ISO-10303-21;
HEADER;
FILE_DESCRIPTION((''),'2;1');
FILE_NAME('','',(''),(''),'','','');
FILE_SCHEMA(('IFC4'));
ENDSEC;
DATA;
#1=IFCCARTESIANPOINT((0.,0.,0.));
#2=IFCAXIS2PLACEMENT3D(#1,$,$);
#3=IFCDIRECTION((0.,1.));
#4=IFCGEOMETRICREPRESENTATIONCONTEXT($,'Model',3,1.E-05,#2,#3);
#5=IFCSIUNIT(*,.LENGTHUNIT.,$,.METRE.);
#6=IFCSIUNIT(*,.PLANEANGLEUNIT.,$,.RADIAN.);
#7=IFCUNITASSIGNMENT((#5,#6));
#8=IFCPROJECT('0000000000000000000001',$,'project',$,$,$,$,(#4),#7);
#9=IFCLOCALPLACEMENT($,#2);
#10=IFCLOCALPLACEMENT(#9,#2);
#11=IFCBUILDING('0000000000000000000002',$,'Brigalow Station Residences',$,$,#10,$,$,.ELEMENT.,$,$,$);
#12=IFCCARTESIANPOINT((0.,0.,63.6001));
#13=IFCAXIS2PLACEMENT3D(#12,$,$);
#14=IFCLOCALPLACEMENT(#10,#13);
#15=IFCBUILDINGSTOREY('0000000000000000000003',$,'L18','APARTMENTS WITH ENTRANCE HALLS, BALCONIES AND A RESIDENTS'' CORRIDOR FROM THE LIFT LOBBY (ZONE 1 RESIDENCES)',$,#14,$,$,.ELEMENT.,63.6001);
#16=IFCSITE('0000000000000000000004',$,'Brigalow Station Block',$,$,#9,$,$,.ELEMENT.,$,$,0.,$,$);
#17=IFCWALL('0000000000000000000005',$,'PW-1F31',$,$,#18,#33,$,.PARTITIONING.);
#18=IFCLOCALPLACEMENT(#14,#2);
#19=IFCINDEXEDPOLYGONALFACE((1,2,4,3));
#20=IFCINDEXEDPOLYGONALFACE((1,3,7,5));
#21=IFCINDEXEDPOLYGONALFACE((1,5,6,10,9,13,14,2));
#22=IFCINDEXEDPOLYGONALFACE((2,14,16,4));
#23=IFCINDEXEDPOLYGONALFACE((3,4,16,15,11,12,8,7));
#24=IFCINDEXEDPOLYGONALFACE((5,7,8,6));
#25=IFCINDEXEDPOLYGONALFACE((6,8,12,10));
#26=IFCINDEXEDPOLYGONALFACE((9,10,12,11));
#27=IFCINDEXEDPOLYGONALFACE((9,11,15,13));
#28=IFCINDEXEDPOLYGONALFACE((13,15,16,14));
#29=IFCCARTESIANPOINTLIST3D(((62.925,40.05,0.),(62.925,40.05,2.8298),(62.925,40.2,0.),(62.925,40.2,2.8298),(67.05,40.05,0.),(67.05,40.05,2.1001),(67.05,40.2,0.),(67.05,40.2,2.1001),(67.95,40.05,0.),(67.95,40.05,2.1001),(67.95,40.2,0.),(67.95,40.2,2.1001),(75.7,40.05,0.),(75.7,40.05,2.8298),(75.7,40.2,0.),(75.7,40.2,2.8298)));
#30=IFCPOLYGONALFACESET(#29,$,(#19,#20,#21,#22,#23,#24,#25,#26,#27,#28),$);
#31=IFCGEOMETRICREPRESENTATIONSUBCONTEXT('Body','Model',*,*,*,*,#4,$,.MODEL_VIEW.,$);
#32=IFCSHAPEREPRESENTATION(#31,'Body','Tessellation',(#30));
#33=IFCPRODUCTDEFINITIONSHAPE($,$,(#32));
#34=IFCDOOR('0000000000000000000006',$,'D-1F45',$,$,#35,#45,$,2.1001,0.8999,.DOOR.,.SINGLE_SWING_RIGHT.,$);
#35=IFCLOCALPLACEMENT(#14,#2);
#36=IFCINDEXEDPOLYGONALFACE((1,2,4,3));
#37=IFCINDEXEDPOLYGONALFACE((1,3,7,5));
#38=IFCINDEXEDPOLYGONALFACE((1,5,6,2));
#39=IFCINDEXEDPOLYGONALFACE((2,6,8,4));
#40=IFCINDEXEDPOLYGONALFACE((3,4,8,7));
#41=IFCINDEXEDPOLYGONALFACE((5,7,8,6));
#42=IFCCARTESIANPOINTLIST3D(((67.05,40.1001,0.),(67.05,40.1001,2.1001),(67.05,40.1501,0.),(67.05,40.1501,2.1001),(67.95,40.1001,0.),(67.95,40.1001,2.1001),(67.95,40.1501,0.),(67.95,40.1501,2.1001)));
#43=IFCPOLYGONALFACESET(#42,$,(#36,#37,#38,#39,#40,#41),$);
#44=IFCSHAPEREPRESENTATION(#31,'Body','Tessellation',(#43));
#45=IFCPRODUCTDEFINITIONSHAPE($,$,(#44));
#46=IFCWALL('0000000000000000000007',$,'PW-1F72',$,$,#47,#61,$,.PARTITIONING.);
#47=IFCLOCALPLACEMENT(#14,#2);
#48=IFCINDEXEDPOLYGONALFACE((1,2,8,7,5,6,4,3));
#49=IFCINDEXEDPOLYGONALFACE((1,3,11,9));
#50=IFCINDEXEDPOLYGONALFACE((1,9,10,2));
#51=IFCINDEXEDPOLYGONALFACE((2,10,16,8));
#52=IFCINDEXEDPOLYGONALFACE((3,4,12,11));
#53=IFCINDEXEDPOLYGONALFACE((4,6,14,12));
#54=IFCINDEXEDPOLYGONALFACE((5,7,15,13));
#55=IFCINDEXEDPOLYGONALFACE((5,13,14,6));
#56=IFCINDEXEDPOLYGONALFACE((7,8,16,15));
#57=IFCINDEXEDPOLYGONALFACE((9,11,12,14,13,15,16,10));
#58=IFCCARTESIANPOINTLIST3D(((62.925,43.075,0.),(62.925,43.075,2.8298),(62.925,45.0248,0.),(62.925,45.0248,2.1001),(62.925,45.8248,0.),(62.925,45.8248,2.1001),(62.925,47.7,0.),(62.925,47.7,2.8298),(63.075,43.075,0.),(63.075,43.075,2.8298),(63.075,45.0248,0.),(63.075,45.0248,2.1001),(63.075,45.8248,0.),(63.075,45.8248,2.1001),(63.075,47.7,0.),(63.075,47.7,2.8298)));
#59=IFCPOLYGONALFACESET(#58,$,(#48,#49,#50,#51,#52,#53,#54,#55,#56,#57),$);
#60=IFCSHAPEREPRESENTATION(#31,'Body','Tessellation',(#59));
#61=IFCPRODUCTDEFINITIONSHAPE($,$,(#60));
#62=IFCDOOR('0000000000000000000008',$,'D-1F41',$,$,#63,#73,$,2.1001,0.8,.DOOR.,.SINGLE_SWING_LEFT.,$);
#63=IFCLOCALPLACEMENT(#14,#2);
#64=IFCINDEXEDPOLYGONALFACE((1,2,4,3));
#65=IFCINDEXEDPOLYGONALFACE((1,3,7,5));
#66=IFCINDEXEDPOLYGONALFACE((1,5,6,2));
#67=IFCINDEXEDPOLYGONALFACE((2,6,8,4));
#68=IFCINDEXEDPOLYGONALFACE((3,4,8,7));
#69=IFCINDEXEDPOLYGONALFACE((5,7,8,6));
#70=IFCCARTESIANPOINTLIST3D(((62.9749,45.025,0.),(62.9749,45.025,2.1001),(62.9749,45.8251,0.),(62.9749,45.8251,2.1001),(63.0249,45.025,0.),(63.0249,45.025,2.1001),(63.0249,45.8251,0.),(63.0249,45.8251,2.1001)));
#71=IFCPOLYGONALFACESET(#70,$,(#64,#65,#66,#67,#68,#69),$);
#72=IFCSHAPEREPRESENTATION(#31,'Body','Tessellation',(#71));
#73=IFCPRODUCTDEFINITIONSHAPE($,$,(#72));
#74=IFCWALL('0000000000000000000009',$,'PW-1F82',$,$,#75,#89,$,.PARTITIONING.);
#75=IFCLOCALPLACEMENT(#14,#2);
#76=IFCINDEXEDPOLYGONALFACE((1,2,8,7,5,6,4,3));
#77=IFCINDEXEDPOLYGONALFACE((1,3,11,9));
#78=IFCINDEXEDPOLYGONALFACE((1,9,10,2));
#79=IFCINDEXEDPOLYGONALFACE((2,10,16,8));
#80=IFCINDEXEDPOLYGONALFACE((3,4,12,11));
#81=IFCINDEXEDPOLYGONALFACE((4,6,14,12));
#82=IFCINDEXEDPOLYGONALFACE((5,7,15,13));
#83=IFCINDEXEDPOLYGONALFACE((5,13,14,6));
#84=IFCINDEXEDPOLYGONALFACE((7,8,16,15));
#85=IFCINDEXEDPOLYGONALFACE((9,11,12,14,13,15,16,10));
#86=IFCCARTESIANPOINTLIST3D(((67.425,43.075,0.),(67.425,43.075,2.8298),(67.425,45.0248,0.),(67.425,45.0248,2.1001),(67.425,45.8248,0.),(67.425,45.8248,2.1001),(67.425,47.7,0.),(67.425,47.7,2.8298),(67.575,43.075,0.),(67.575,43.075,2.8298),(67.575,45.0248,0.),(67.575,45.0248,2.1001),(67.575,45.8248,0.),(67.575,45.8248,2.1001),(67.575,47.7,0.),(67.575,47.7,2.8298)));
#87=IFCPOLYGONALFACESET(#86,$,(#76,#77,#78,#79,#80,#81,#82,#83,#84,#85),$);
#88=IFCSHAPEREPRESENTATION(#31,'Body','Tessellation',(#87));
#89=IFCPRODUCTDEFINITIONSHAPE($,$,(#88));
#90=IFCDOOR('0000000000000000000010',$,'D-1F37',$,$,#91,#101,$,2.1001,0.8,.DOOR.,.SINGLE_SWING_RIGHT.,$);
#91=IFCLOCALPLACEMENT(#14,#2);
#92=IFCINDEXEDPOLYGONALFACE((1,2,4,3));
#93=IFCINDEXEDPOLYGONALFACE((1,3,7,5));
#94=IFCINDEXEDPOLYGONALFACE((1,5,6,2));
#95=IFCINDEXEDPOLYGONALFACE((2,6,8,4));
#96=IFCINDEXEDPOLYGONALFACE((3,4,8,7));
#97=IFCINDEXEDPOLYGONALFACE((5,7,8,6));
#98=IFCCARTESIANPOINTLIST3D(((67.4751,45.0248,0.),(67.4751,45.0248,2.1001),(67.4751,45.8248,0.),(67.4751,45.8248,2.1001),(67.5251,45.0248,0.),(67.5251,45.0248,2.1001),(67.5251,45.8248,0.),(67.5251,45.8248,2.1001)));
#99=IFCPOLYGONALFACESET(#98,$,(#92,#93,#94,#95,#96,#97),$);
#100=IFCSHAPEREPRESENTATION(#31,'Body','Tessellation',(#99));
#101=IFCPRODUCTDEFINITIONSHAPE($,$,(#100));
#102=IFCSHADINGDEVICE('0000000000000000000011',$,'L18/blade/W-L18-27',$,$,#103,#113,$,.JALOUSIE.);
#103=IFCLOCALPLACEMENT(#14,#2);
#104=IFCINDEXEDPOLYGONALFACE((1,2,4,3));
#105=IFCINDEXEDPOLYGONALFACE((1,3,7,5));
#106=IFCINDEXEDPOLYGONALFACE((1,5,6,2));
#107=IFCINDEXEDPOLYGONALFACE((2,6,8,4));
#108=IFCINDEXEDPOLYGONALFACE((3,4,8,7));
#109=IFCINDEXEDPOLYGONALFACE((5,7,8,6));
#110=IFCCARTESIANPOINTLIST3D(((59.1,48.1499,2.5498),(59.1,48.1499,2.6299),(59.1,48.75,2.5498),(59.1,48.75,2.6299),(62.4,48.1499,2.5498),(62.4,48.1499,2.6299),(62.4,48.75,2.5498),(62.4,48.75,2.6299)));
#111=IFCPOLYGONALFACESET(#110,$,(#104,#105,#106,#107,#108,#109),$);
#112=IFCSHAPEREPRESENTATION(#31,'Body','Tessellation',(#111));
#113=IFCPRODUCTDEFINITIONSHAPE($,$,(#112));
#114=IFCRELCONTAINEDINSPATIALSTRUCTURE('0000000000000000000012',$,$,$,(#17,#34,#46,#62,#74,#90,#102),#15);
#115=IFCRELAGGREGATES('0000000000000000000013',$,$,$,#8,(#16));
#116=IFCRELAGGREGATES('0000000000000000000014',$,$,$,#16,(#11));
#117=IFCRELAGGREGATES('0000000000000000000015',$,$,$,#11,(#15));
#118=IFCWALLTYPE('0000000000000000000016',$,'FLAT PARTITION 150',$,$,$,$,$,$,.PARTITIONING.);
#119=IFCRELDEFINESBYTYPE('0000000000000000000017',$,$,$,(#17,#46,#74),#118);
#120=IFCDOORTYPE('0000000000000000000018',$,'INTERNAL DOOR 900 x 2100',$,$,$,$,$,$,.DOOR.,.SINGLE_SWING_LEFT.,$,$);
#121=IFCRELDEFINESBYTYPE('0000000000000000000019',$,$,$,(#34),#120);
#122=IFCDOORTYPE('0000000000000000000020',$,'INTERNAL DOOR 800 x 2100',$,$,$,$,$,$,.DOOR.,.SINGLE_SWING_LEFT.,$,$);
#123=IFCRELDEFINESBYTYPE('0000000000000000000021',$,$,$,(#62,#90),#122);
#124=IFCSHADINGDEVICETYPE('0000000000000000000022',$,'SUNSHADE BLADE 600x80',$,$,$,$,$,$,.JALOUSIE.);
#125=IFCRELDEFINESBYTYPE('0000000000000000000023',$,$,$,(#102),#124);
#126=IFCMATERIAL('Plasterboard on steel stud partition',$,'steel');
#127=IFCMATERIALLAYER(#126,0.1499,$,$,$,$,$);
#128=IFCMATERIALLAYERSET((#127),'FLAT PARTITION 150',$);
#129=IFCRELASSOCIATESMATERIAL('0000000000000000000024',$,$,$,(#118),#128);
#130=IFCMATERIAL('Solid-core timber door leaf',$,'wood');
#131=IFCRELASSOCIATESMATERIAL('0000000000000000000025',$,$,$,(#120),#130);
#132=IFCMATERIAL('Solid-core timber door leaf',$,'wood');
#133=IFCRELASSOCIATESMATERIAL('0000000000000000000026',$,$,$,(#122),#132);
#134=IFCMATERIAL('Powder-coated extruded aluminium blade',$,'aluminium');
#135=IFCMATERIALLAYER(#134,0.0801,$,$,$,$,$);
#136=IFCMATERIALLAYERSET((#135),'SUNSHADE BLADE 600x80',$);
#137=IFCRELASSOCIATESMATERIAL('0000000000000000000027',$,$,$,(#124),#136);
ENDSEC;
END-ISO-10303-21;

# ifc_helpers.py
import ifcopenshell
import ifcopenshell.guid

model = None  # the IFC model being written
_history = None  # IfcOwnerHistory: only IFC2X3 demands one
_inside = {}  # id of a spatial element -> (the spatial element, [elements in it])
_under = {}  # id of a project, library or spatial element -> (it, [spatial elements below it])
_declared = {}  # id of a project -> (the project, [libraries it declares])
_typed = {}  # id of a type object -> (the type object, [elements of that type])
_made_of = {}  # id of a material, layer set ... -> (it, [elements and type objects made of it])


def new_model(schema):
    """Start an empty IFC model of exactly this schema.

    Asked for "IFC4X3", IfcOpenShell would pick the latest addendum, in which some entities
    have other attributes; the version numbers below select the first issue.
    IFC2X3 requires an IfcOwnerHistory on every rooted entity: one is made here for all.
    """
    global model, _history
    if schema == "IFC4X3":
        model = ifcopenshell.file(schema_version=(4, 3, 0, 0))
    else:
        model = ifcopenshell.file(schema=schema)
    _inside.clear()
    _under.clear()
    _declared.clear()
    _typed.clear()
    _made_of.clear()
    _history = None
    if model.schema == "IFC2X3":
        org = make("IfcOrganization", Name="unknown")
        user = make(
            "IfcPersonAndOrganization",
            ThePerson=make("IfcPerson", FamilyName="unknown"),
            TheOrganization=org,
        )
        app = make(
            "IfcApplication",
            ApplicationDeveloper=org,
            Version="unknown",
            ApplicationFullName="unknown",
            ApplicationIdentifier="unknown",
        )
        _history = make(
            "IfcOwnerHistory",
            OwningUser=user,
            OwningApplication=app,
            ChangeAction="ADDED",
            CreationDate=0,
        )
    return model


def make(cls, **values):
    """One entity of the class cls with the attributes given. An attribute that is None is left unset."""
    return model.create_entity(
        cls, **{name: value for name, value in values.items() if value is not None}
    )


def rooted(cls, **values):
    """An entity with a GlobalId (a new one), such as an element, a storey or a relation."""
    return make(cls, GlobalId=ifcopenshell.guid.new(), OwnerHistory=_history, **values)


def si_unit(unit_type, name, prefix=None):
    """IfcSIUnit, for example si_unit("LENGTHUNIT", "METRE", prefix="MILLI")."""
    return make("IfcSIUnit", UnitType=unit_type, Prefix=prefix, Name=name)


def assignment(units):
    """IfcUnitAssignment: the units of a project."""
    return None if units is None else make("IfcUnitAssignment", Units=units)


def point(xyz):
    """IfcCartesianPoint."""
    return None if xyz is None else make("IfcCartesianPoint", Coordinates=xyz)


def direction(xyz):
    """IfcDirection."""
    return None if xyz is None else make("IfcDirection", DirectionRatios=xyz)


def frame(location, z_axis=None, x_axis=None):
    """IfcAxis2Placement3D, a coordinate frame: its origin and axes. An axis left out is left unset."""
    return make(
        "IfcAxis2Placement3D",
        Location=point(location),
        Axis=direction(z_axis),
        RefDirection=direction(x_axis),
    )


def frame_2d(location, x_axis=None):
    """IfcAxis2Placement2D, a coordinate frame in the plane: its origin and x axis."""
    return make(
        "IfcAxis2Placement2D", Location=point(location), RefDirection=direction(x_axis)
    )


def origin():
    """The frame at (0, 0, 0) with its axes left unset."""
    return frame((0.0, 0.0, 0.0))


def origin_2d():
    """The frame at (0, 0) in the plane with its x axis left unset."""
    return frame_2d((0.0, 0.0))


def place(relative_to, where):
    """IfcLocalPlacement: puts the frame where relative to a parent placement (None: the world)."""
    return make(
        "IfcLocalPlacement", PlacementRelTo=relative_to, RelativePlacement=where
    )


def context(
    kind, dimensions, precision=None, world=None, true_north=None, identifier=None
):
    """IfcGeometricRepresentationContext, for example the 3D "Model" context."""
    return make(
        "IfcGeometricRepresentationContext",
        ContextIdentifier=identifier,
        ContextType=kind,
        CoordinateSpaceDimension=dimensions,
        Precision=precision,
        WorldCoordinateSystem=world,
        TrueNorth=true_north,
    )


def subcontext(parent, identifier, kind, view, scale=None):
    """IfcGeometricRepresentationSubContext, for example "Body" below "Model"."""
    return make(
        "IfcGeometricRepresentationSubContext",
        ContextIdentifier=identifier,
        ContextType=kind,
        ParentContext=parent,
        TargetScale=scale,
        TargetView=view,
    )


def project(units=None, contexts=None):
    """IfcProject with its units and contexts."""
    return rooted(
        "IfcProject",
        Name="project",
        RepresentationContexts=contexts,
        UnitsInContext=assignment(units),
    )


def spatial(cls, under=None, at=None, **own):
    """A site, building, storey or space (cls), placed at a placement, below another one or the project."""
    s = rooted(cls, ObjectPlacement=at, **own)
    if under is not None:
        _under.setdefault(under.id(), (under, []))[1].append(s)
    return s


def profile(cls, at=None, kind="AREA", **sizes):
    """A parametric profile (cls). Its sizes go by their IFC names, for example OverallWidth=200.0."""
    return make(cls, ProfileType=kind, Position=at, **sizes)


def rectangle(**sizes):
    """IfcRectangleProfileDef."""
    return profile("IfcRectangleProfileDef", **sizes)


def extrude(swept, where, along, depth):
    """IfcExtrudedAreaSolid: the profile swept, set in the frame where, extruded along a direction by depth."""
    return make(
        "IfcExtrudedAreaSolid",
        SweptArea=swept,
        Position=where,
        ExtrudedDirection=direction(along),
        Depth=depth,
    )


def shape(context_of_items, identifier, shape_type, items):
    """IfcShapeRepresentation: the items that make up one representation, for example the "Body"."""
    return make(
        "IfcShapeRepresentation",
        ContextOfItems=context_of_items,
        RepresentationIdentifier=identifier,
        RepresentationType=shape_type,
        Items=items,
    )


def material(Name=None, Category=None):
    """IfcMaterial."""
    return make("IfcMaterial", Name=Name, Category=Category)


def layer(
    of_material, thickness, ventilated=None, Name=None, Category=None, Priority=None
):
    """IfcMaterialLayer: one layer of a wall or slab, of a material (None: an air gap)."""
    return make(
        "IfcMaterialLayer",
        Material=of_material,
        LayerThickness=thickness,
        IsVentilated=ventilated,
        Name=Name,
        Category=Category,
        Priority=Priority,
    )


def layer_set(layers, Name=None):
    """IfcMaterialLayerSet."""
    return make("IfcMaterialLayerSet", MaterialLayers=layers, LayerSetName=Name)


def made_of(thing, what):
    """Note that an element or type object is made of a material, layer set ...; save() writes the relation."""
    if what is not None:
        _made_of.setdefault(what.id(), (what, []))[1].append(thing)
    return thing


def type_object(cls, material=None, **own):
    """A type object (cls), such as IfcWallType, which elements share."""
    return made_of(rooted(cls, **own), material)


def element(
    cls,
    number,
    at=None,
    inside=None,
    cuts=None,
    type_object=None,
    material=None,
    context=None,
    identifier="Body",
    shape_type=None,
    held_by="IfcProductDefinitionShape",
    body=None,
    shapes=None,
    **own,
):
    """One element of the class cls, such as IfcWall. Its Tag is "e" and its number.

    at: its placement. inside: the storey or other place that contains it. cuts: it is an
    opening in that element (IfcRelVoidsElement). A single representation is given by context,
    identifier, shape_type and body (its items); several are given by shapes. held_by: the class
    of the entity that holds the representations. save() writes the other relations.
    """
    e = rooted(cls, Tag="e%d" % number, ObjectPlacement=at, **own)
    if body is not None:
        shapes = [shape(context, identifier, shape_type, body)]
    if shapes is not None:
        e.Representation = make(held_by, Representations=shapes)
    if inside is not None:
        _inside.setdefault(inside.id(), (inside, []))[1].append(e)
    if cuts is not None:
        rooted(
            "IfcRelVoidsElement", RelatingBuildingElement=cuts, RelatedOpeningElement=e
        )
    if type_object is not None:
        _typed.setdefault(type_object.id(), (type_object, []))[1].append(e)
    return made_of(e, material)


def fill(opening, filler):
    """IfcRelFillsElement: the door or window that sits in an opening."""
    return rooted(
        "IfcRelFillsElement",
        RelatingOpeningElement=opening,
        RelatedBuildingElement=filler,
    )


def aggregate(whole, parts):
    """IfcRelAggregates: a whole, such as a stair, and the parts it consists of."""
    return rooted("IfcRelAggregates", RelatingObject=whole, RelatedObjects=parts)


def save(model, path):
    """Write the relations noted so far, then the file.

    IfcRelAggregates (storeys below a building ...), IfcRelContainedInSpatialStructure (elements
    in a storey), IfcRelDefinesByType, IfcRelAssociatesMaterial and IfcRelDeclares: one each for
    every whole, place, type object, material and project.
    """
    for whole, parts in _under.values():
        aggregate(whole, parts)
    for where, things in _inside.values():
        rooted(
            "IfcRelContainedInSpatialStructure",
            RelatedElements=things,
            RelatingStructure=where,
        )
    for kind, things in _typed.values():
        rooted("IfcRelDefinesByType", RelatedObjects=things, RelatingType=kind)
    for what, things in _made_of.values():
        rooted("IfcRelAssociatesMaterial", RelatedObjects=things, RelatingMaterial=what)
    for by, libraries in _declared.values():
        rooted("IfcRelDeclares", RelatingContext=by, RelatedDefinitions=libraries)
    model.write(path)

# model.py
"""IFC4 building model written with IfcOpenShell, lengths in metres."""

from ifc_helpers import new_model, si_unit, direction, frame, frame_2d, origin, origin_2d, place, context, subcontext, project, spatial, rectangle, extrude, material, layer, layer_set, type_object, element, fill, save


model = new_model("IFC4")

# Units and contexts
model_context = context("Model", 3, precision=1e-05, world=origin(), true_north=direction((0.0, 1.0)))
body_context = subcontext(model_context, "Body", "Model", "MODEL_VIEW")
ifc_project = project(units=[si_unit("LENGTHUNIT", "METRE"), si_unit("PLANEANGLEUNIT", "RADIAN")], contexts=[model_context])

# Site, building, storey
site_placement = place(None, origin())
site = spatial("IfcSite", under=ifc_project, at=site_placement, Name="Brigalow Station Block", CompositionType="ELEMENT", RefElevation=0.0)
building_placement = place(site_placement, origin())
building = spatial("IfcBuilding", under=site, at=building_placement, Name="Brigalow Station Residences", CompositionType="ELEMENT")
storey_placement = place(building_placement, frame((0.0, 0.0, 63.6001)))
storey = spatial("IfcBuildingStorey", under=building, at=storey_placement, Name="L18", Description="APARTMENTS WITH ENTRANCE HALLS, BALCONIES AND A RESIDENTS' CORRIDOR FROM THE LIFT LOBBY (ZONE 1 RESIDENCES)", CompositionType="ELEMENT", Elevation=63.6001)

# Walls, openings, doors
ifc_material_1 = material(Name="Plasterboard on steel stud partition", Category="steel")
ifc_layer_1 = layer(ifc_material_1, 0.1499)
ifc_layer_set_1 = layer_set([ifc_layer_1], Name="FLAT PARTITION 150")
wall_type_1 = type_object("IfcWallType", Name="FLAT PARTITION 150", PredefinedType="PARTITIONING", material=ifc_layer_set_1)
wall_1_placement = place(storey_placement, frame((62.925, 40.125, 0.0), z_axis=(0.0, 0.0, 1.0), x_axis=(1.0, 0.0, 0.0)))
wall_1 = element("IfcWall", 1, at=wall_1_placement, inside=storey, type_object=wall_type_1, Name="PW-1F31", PredefinedType="PARTITIONING", context=body_context, shape_type="SweptSolid", body=[
    extrude(rectangle(XDim=12.7749, YDim=0.1499, at=frame_2d((6.3875, 0.0))), origin(), (0.0, 0.0, 1.0), 2.8298),
])
opening_1_placement = place(wall_1_placement, frame((4.125, 0.0, 0.0)))
opening_1 = element("IfcOpeningElement", 2, at=opening_1_placement, cuts=wall_1, PredefinedType="OPENING", context=body_context, shape_type="SweptSolid", body=[
    extrude(rectangle(XDim=0.8999, YDim=2.1001, at=frame_2d((0.45, 1.05))), frame((0.0, 0.085, 0.0), z_axis=(0.0, -1.0, 0.0), x_axis=(1.0, 0.0, 0.0)), (0.0, 0.0, 1.0), 0.1699),
])
ifc_material_2 = material(Name="Solid-core timber door leaf", Category="wood")
door_type_1 = type_object("IfcDoorType", Name="INTERNAL DOOR 900 x 2100", OperationType="SINGLE_SWING_LEFT", PredefinedType="DOOR", material=ifc_material_2)
door_1_placement = place(opening_1_placement, frame((0.8999, 0.0, 0.0), z_axis=(0.0, 0.0, 1.0), x_axis=(-1.0, 0.0, 0.0)))
door_1 = element("IfcDoor", 3, at=door_1_placement, inside=storey, type_object=door_type_1, Name="D-1F45", OperationType="SINGLE_SWING_RIGHT", OverallHeight=2.1001, OverallWidth=0.8999, PredefinedType="DOOR", context=body_context, shape_type="SweptSolid", body=[
    extrude(rectangle(XDim=0.8999, YDim=2.1001, at=frame_2d((0.45, 1.05))), frame((0.0, 0.0249, 0.0), z_axis=(0.0, -1.0, 0.0), x_axis=(1.0, 0.0, 0.0)), (0.0, 0.0, 1.0), 0.05),
])
fill(opening_1, door_1)
wall_2_placement = place(storey_placement, frame((63.0, 43.075, 0.0), z_axis=(0.0, 0.0, 1.0), x_axis=(0.0, 1.0, 0.0)))
wall_2 = element("IfcWall", 4, at=wall_2_placement, inside=storey, type_object=wall_type_1, Name="PW-1F72", PredefinedType="PARTITIONING", context=body_context, shape_type="SweptSolid", body=[
    extrude(rectangle(XDim=4.625, YDim=0.1499, at=frame_2d((2.3125, 0.0))), origin(), (0.0, 0.0, 1.0), 2.8298),
])
opening_2_placement = place(wall_2_placement, frame((1.95, 0.0, 0.0)))
opening_2 = element("IfcOpeningElement", 5, at=opening_2_placement, cuts=wall_2, PredefinedType="OPENING", context=body_context, shape_type="SweptSolid", body=[
    extrude(rectangle(XDim=0.8, YDim=2.1001, at=frame_2d((0.3999, 1.05))), frame((0.0, 0.085, 0.0), z_axis=(0.0, -1.0, 0.0), x_axis=(1.0, 0.0, 0.0)), (0.0, 0.0, 1.0), 0.1699),
])
ifc_material_3 = material(Name="Solid-core timber door leaf", Category="wood")
door_type_2 = type_object("IfcDoorType", Name="INTERNAL DOOR 800 x 2100", OperationType="SINGLE_SWING_LEFT", PredefinedType="DOOR", material=ifc_material_3)
door_2_placement = place(opening_2_placement, frame((0.8, 0.0, 0.0), z_axis=(0.0, 0.0, 1.0), x_axis=(-1.0, 0.0, 0.0)))
door_2 = element("IfcDoor", 6, at=door_2_placement, inside=storey, type_object=door_type_2, Name="D-1F41", OperationType="SINGLE_SWING_LEFT", OverallHeight=2.1001, OverallWidth=0.8, PredefinedType="DOOR", context=body_context, shape_type="SweptSolid", body=[
    extrude(rectangle(XDim=0.8, YDim=2.1001, at=frame_2d((0.3999, 1.05))), frame((0.0, 0.0249, 0.0), z_axis=(0.0, -1.0, 0.0), x_axis=(1.0, 0.0, 0.0)), (0.0, 0.0, 1.0), 0.05),
])
fill(opening_2, door_2)
wall_3_placement = place(storey_placement, frame((67.5, 43.075, 0.0), z_axis=(0.0, 0.0, 1.0), x_axis=(0.0, 1.0, 0.0)))
wall_3 = element("IfcWall", 7, at=wall_3_placement, inside=storey, type_object=wall_type_1, Name="PW-1F82", PredefinedType="PARTITIONING", context=body_context, shape_type="SweptSolid", body=[
    extrude(rectangle(XDim=4.625, YDim=0.1499, at=frame_2d((2.3125, 0.0))), origin(), (0.0, 0.0, 1.0), 2.8298),
])
opening_3_placement = place(wall_3_placement, frame((1.95, 0.0, 0.0)))
opening_3 = element("IfcOpeningElement", 8, at=opening_3_placement, cuts=wall_3, PredefinedType="OPENING", context=body_context, shape_type="SweptSolid", body=[
    extrude(rectangle(XDim=0.8, YDim=2.1001, at=frame_2d((0.3999, 1.05))), frame((0.0, 0.085, 0.0), z_axis=(0.0, -1.0, 0.0), x_axis=(1.0, 0.0, 0.0)), (0.0, 0.0, 1.0), 0.1699),
])
door_3_placement = place(opening_3_placement, origin())
door_3 = element("IfcDoor", 9, at=door_3_placement, inside=storey, type_object=door_type_2, Name="D-1F37", OperationType="SINGLE_SWING_RIGHT", OverallHeight=2.1001, OverallWidth=0.8, PredefinedType="DOOR", context=body_context, shape_type="SweptSolid", body=[
    extrude(rectangle(XDim=0.8, YDim=2.1001, at=frame_2d((0.3999, 1.05))), frame((0.0, 0.0249, 0.0), z_axis=(0.0, -1.0, 0.0), x_axis=(1.0, 0.0, 0.0)), (0.0, 0.0, 1.0), 0.05),
])
fill(opening_3, door_3)

# Shading device
ifc_material_4 = material(Name="Powder-coated extruded aluminium blade", Category="aluminium")
ifc_layer_2 = layer(ifc_material_4, 0.0801)
ifc_layer_set_2 = layer_set([ifc_layer_2], Name="SUNSHADE BLADE 600x80")
shading_device_type = type_object("IfcShadingDeviceType", Name="SUNSHADE BLADE 600x80", PredefinedType="JALOUSIE", material=ifc_layer_set_2)
shading_device_placement = place(storey_placement, frame((60.75, 48.45, 2.5498), z_axis=(0.0, 0.0, 1.0), x_axis=(-1.0, 0.0, 0.0)))
element("IfcShadingDevice", 10, at=shading_device_placement, inside=storey, type_object=shading_device_type, Name="L18/blade/W-L18-27", PredefinedType="JALOUSIE", context=body_context, shape_type="SweptSolid", body=[
    extrude(rectangle(XDim=3.3, YDim=0.6001, at=origin_2d()), origin(), (0.0, 0.0, 1.0), 0.0801),
])

save(model, "model.ifc")
